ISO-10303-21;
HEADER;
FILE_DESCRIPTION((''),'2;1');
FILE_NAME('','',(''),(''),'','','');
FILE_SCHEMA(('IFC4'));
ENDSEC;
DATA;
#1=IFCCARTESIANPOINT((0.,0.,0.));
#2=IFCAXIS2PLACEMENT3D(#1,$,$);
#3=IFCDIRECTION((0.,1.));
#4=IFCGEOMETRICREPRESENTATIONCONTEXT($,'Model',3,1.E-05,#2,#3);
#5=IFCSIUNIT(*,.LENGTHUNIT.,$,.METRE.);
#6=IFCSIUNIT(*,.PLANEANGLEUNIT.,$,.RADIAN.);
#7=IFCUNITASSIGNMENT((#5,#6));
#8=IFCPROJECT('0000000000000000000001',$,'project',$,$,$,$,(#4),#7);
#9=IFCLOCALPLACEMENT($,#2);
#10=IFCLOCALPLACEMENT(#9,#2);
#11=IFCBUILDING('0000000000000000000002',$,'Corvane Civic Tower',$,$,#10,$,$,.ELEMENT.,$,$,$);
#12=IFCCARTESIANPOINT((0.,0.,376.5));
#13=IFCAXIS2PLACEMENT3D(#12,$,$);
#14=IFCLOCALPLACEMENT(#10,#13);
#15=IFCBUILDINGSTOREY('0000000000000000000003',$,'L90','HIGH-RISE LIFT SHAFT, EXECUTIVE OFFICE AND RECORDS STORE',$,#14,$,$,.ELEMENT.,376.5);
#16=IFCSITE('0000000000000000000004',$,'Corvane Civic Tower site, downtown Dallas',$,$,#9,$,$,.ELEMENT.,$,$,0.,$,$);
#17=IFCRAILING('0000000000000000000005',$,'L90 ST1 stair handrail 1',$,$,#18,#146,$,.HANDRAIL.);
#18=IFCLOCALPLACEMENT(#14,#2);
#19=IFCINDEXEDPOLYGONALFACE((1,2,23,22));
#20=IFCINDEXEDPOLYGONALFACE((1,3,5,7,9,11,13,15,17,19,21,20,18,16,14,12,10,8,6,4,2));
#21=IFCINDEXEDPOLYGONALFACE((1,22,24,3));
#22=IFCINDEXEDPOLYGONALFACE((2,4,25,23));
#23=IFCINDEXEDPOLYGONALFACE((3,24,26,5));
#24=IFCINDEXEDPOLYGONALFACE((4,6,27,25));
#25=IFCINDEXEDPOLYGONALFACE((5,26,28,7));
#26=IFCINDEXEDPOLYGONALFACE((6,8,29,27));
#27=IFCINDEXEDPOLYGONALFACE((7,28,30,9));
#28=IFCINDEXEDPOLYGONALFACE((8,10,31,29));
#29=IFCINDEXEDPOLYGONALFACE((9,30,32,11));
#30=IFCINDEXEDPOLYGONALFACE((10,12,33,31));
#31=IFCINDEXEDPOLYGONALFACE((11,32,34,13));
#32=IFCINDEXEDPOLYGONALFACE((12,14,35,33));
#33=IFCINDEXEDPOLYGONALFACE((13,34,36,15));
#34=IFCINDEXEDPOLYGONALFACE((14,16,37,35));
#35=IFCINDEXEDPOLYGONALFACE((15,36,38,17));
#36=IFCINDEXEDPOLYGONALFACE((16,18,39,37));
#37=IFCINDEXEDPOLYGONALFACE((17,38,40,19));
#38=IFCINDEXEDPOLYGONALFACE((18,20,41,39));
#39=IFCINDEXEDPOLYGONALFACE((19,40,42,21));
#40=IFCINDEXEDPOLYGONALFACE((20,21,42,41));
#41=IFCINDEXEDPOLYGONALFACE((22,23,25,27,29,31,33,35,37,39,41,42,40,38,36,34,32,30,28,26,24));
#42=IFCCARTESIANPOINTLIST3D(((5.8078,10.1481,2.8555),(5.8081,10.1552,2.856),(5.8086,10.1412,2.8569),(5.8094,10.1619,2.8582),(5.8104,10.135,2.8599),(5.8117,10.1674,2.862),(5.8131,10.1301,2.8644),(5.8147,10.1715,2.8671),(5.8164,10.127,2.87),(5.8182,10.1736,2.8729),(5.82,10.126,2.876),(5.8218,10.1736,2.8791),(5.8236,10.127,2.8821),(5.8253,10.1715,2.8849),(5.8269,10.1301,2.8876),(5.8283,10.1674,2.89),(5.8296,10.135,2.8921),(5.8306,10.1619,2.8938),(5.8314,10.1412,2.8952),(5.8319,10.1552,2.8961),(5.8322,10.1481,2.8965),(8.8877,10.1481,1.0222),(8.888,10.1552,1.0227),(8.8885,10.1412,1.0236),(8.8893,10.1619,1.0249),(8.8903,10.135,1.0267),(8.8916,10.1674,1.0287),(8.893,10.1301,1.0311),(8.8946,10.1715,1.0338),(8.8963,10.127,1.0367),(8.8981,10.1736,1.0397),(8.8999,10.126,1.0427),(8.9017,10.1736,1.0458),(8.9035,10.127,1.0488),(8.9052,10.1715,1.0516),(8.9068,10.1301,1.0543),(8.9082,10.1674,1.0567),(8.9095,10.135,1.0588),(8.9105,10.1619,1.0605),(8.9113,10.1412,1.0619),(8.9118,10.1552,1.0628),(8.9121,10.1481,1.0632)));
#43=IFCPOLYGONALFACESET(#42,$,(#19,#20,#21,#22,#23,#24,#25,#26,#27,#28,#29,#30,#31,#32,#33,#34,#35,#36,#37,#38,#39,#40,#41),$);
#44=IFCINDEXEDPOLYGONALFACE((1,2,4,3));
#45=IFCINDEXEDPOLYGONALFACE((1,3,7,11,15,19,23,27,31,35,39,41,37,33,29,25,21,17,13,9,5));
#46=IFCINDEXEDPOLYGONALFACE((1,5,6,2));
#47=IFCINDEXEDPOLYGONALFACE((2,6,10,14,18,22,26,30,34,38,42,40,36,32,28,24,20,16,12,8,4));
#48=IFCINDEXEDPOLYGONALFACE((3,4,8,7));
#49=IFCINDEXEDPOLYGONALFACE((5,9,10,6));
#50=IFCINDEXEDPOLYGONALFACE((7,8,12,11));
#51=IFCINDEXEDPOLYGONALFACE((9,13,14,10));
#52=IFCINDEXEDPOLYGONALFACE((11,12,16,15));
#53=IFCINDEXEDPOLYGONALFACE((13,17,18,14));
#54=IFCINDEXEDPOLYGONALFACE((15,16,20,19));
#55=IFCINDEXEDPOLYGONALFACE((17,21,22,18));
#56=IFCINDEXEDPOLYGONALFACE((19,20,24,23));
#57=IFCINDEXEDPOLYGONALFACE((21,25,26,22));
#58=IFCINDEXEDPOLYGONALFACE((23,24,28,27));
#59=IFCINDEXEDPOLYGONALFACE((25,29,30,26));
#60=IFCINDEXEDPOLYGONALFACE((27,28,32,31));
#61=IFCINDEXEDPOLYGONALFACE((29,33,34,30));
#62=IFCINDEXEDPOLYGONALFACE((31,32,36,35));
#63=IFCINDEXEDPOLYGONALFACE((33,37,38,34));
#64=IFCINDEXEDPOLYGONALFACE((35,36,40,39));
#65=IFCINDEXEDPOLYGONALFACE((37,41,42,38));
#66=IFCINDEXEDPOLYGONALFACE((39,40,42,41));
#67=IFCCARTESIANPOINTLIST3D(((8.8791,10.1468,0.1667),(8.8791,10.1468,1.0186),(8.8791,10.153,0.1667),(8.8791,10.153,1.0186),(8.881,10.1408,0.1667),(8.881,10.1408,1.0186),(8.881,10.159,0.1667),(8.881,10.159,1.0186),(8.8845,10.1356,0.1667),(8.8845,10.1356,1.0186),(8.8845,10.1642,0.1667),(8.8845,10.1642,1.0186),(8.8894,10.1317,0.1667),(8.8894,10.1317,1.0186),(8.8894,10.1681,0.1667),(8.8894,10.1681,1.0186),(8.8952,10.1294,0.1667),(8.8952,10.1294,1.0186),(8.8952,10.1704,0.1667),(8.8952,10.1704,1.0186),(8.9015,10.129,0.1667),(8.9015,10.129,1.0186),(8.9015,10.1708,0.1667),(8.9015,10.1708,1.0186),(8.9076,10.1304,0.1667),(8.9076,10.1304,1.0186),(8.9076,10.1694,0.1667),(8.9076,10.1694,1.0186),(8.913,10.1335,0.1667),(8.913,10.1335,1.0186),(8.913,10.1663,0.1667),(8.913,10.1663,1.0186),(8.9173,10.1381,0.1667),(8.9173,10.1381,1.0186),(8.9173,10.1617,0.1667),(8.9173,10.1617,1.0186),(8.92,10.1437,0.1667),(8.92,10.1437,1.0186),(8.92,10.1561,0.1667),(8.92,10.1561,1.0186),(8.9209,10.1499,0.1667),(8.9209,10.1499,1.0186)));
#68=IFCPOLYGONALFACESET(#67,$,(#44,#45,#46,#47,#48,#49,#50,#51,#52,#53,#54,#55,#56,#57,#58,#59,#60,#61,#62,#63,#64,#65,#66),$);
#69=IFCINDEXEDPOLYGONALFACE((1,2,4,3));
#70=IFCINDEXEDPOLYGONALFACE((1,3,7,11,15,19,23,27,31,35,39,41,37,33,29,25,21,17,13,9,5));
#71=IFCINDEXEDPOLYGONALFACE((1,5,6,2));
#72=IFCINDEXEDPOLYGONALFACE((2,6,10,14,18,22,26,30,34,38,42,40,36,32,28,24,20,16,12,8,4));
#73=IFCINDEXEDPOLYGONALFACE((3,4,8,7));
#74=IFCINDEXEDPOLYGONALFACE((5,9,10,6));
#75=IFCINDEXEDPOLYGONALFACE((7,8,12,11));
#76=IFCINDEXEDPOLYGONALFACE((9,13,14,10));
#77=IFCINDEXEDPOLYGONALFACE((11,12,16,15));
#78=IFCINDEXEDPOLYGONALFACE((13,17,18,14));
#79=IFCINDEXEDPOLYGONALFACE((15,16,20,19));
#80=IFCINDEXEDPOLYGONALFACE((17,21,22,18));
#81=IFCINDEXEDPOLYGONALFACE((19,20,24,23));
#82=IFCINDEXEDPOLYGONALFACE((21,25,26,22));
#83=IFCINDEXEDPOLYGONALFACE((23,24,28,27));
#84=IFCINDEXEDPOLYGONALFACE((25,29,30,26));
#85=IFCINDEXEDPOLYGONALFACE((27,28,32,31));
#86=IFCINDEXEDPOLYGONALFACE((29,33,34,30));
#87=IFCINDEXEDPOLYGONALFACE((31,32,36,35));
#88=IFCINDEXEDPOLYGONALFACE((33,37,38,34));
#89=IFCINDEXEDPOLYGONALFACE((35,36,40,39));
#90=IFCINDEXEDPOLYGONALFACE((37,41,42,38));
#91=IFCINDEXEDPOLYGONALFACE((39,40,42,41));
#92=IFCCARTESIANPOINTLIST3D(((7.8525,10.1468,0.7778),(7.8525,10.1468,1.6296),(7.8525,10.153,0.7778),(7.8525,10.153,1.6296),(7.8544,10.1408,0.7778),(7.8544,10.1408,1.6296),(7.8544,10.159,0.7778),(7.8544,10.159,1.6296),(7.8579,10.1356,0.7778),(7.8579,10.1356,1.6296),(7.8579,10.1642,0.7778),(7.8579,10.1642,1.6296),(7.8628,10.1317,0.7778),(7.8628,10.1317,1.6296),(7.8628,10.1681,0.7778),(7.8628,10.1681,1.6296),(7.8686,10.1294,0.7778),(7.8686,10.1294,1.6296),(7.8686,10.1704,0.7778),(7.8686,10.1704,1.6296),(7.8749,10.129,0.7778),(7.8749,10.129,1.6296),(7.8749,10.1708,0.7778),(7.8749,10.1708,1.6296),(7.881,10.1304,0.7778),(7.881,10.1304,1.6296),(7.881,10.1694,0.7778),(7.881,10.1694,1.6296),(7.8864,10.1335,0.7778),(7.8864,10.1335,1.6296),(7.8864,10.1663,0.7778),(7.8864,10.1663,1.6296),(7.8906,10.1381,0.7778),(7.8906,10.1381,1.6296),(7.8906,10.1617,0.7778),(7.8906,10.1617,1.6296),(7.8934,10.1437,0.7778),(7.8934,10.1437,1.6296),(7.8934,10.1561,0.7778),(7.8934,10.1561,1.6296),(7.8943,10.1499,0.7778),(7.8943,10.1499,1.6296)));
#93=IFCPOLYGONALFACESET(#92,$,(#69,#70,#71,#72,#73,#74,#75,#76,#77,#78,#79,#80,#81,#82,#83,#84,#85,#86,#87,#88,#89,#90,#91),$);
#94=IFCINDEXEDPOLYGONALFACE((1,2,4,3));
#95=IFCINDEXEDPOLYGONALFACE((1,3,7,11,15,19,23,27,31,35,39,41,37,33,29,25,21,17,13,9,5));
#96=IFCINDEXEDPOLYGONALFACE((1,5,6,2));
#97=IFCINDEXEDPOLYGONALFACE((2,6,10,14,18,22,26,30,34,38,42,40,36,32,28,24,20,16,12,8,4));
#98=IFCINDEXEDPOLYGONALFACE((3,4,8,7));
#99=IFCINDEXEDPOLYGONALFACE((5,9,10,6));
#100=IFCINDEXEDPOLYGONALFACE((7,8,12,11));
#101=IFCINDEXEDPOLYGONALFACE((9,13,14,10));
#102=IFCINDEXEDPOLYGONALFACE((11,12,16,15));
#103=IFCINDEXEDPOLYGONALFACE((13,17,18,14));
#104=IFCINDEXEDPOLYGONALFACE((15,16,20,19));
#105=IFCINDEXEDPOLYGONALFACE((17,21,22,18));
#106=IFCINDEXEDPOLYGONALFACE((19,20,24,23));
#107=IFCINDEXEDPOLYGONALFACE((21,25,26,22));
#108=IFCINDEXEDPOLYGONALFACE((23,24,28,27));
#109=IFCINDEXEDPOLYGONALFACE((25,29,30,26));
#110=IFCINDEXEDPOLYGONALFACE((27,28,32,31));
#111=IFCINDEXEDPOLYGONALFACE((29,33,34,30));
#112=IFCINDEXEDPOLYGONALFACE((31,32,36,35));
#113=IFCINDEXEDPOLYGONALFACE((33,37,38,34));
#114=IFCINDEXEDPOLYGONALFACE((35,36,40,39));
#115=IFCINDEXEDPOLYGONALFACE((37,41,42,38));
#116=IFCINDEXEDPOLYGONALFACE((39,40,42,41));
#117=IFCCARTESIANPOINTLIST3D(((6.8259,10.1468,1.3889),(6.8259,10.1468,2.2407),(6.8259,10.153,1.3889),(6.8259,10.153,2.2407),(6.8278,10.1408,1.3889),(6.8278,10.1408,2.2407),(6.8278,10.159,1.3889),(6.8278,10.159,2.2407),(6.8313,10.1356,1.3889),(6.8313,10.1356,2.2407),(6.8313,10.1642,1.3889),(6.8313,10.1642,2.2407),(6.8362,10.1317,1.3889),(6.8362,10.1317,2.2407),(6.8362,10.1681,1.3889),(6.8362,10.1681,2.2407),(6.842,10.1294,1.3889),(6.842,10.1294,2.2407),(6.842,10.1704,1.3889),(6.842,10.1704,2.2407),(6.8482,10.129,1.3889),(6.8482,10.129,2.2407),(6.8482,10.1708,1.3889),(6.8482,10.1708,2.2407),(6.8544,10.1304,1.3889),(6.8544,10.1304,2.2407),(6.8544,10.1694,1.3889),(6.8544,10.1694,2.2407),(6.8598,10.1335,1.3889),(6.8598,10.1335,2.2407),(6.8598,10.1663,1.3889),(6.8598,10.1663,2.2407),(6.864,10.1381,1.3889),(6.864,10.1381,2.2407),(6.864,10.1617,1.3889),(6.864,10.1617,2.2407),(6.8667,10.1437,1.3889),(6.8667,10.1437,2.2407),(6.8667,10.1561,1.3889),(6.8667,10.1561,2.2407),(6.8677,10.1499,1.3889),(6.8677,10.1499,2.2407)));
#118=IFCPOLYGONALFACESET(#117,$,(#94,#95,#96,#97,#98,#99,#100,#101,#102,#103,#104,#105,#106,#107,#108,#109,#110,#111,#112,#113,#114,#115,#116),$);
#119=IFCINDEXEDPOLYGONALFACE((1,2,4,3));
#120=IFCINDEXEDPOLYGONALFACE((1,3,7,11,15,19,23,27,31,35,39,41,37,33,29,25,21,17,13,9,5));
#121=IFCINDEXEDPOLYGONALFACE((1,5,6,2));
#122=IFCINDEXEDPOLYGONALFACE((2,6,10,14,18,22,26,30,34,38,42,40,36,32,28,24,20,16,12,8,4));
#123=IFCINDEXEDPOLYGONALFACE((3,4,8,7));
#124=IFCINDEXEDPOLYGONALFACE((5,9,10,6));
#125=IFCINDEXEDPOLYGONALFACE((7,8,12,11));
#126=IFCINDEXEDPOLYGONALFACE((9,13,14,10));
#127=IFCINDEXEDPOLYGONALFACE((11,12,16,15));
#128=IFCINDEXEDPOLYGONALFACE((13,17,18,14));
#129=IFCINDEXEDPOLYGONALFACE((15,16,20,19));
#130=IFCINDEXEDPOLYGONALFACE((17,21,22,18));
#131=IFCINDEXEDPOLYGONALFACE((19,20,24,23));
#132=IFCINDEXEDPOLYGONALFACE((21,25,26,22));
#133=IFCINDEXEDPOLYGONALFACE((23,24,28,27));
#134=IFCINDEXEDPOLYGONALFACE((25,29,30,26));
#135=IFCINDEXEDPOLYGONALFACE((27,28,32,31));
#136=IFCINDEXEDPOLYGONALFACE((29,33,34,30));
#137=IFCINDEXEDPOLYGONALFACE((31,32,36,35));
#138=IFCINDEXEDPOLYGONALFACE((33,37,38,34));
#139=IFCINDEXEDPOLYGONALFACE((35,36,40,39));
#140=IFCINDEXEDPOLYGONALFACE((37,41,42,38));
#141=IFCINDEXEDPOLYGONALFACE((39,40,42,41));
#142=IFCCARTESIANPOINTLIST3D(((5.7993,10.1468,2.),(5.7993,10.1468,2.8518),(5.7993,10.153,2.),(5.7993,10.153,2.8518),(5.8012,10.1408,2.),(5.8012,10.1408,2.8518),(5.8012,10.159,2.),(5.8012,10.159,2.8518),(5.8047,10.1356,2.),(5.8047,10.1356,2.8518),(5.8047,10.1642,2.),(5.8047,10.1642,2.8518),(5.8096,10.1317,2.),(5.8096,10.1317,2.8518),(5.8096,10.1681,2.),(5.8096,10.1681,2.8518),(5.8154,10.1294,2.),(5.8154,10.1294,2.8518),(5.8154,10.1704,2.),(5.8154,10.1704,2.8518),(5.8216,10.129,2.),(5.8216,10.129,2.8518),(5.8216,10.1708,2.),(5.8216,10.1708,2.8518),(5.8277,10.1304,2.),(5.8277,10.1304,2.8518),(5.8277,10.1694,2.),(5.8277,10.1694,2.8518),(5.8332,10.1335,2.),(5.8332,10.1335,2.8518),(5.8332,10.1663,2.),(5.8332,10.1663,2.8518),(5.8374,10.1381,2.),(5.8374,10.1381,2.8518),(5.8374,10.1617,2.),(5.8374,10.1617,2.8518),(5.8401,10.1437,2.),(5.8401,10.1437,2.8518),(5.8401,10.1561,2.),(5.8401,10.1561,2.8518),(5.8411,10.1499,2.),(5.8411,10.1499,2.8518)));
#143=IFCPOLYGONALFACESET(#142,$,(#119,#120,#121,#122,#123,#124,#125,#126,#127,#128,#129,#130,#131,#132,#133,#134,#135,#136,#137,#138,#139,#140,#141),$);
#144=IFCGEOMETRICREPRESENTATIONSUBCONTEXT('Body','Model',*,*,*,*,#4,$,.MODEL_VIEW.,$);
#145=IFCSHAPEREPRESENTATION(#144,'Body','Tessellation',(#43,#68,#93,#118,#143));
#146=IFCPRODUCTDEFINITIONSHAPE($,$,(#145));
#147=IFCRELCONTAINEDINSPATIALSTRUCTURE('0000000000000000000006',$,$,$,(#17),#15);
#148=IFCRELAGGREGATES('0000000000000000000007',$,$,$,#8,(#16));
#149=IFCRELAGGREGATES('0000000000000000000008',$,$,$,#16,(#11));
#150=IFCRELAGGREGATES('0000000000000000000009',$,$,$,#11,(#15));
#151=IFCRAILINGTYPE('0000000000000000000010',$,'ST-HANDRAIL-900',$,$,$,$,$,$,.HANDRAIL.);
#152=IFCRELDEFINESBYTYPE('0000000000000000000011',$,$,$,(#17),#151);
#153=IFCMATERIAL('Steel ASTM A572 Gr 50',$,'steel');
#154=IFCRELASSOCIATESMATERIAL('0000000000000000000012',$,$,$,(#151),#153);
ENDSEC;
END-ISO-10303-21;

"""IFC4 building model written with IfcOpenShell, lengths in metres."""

from ifc_helpers import new_model, si_unit, direction, frame, origin, origin_2d, place, context, subcontext, project, spatial, circle, extrude, material, type_object, element, save


model = new_model("IFC4")

# Units and contexts
model_context = context("Model", 3, precision=1e-05, world=origin(), true_north=direction((0.0, 1.0)))
body_context = subcontext(model_context, "Body", "Model", "MODEL_VIEW")
ifc_project = project(units=[si_unit("LENGTHUNIT", "METRE"), si_unit("PLANEANGLEUNIT", "RADIAN")], contexts=[model_context])

# Site, building, storey
site_placement = place(None, origin())
site = spatial("IfcSite", under=ifc_project, at=site_placement, Name="Corvane Civic Tower site, downtown Dallas", CompositionType="ELEMENT", RefElevation=0.0)
building_placement = place(site_placement, origin())
building = spatial("IfcBuilding", under=site, at=building_placement, Name="Corvane Civic Tower", CompositionType="ELEMENT")
storey_placement = place(building_placement, frame((0.0, 0.0, 376.5)))
storey = spatial("IfcBuildingStorey", under=building, at=storey_placement, Name="L90", Description="HIGH-RISE LIFT SHAFT, EXECUTIVE OFFICE AND RECORDS STORE", CompositionType="ELEMENT", Elevation=376.5)

# Railing
ifc_material_1 = material(Name="Steel ASTM A572 Gr 50", Category="steel")
railing_type_1 = type_object("IfcRailingType", Name="ST-HANDRAIL-900", PredefinedType="HANDRAIL", material=ifc_material_1)
railing_1_placement = place(storey_placement, frame((8.8999, 10.1499, 0.1667)))
element("IfcRailing", 1, at=railing_1_placement, inside=storey, type_object=railing_type_1, Name="L90 ST1 stair handrail 1", PredefinedType="HANDRAIL", context=body_context, shape_type="SweptSolid", body=[
    extrude(circle(Radius=0.0239, at=origin_2d()), frame((0.0, 0.0, 0.876), z_axis=(-0.859291, 0.0, 0.511487), x_axis=(0.0, -1.0, 0.0)), (0.0, 0.0, 1.0), 3.5842),
    extrude(circle(Radius=0.021, at=origin_2d()), origin(), (0.0, 0.0, 1.0), 0.8518),
    extrude(circle(Radius=0.021, at=origin_2d()), frame((-1.0266, 0.0, 0.6111)), (0.0, 0.0, 1.0), 0.8518),
    extrude(circle(Radius=0.021, at=origin_2d()), frame((-2.0532, 0.0, 1.2222)), (0.0, 0.0, 1.0), 0.8518),
    extrude(circle(Radius=0.021, at=origin_2d()), frame((-3.0798, 0.0, 1.8333)), (0.0, 0.0, 1.0), 0.8518),
])

save(model, "model.ifc")
